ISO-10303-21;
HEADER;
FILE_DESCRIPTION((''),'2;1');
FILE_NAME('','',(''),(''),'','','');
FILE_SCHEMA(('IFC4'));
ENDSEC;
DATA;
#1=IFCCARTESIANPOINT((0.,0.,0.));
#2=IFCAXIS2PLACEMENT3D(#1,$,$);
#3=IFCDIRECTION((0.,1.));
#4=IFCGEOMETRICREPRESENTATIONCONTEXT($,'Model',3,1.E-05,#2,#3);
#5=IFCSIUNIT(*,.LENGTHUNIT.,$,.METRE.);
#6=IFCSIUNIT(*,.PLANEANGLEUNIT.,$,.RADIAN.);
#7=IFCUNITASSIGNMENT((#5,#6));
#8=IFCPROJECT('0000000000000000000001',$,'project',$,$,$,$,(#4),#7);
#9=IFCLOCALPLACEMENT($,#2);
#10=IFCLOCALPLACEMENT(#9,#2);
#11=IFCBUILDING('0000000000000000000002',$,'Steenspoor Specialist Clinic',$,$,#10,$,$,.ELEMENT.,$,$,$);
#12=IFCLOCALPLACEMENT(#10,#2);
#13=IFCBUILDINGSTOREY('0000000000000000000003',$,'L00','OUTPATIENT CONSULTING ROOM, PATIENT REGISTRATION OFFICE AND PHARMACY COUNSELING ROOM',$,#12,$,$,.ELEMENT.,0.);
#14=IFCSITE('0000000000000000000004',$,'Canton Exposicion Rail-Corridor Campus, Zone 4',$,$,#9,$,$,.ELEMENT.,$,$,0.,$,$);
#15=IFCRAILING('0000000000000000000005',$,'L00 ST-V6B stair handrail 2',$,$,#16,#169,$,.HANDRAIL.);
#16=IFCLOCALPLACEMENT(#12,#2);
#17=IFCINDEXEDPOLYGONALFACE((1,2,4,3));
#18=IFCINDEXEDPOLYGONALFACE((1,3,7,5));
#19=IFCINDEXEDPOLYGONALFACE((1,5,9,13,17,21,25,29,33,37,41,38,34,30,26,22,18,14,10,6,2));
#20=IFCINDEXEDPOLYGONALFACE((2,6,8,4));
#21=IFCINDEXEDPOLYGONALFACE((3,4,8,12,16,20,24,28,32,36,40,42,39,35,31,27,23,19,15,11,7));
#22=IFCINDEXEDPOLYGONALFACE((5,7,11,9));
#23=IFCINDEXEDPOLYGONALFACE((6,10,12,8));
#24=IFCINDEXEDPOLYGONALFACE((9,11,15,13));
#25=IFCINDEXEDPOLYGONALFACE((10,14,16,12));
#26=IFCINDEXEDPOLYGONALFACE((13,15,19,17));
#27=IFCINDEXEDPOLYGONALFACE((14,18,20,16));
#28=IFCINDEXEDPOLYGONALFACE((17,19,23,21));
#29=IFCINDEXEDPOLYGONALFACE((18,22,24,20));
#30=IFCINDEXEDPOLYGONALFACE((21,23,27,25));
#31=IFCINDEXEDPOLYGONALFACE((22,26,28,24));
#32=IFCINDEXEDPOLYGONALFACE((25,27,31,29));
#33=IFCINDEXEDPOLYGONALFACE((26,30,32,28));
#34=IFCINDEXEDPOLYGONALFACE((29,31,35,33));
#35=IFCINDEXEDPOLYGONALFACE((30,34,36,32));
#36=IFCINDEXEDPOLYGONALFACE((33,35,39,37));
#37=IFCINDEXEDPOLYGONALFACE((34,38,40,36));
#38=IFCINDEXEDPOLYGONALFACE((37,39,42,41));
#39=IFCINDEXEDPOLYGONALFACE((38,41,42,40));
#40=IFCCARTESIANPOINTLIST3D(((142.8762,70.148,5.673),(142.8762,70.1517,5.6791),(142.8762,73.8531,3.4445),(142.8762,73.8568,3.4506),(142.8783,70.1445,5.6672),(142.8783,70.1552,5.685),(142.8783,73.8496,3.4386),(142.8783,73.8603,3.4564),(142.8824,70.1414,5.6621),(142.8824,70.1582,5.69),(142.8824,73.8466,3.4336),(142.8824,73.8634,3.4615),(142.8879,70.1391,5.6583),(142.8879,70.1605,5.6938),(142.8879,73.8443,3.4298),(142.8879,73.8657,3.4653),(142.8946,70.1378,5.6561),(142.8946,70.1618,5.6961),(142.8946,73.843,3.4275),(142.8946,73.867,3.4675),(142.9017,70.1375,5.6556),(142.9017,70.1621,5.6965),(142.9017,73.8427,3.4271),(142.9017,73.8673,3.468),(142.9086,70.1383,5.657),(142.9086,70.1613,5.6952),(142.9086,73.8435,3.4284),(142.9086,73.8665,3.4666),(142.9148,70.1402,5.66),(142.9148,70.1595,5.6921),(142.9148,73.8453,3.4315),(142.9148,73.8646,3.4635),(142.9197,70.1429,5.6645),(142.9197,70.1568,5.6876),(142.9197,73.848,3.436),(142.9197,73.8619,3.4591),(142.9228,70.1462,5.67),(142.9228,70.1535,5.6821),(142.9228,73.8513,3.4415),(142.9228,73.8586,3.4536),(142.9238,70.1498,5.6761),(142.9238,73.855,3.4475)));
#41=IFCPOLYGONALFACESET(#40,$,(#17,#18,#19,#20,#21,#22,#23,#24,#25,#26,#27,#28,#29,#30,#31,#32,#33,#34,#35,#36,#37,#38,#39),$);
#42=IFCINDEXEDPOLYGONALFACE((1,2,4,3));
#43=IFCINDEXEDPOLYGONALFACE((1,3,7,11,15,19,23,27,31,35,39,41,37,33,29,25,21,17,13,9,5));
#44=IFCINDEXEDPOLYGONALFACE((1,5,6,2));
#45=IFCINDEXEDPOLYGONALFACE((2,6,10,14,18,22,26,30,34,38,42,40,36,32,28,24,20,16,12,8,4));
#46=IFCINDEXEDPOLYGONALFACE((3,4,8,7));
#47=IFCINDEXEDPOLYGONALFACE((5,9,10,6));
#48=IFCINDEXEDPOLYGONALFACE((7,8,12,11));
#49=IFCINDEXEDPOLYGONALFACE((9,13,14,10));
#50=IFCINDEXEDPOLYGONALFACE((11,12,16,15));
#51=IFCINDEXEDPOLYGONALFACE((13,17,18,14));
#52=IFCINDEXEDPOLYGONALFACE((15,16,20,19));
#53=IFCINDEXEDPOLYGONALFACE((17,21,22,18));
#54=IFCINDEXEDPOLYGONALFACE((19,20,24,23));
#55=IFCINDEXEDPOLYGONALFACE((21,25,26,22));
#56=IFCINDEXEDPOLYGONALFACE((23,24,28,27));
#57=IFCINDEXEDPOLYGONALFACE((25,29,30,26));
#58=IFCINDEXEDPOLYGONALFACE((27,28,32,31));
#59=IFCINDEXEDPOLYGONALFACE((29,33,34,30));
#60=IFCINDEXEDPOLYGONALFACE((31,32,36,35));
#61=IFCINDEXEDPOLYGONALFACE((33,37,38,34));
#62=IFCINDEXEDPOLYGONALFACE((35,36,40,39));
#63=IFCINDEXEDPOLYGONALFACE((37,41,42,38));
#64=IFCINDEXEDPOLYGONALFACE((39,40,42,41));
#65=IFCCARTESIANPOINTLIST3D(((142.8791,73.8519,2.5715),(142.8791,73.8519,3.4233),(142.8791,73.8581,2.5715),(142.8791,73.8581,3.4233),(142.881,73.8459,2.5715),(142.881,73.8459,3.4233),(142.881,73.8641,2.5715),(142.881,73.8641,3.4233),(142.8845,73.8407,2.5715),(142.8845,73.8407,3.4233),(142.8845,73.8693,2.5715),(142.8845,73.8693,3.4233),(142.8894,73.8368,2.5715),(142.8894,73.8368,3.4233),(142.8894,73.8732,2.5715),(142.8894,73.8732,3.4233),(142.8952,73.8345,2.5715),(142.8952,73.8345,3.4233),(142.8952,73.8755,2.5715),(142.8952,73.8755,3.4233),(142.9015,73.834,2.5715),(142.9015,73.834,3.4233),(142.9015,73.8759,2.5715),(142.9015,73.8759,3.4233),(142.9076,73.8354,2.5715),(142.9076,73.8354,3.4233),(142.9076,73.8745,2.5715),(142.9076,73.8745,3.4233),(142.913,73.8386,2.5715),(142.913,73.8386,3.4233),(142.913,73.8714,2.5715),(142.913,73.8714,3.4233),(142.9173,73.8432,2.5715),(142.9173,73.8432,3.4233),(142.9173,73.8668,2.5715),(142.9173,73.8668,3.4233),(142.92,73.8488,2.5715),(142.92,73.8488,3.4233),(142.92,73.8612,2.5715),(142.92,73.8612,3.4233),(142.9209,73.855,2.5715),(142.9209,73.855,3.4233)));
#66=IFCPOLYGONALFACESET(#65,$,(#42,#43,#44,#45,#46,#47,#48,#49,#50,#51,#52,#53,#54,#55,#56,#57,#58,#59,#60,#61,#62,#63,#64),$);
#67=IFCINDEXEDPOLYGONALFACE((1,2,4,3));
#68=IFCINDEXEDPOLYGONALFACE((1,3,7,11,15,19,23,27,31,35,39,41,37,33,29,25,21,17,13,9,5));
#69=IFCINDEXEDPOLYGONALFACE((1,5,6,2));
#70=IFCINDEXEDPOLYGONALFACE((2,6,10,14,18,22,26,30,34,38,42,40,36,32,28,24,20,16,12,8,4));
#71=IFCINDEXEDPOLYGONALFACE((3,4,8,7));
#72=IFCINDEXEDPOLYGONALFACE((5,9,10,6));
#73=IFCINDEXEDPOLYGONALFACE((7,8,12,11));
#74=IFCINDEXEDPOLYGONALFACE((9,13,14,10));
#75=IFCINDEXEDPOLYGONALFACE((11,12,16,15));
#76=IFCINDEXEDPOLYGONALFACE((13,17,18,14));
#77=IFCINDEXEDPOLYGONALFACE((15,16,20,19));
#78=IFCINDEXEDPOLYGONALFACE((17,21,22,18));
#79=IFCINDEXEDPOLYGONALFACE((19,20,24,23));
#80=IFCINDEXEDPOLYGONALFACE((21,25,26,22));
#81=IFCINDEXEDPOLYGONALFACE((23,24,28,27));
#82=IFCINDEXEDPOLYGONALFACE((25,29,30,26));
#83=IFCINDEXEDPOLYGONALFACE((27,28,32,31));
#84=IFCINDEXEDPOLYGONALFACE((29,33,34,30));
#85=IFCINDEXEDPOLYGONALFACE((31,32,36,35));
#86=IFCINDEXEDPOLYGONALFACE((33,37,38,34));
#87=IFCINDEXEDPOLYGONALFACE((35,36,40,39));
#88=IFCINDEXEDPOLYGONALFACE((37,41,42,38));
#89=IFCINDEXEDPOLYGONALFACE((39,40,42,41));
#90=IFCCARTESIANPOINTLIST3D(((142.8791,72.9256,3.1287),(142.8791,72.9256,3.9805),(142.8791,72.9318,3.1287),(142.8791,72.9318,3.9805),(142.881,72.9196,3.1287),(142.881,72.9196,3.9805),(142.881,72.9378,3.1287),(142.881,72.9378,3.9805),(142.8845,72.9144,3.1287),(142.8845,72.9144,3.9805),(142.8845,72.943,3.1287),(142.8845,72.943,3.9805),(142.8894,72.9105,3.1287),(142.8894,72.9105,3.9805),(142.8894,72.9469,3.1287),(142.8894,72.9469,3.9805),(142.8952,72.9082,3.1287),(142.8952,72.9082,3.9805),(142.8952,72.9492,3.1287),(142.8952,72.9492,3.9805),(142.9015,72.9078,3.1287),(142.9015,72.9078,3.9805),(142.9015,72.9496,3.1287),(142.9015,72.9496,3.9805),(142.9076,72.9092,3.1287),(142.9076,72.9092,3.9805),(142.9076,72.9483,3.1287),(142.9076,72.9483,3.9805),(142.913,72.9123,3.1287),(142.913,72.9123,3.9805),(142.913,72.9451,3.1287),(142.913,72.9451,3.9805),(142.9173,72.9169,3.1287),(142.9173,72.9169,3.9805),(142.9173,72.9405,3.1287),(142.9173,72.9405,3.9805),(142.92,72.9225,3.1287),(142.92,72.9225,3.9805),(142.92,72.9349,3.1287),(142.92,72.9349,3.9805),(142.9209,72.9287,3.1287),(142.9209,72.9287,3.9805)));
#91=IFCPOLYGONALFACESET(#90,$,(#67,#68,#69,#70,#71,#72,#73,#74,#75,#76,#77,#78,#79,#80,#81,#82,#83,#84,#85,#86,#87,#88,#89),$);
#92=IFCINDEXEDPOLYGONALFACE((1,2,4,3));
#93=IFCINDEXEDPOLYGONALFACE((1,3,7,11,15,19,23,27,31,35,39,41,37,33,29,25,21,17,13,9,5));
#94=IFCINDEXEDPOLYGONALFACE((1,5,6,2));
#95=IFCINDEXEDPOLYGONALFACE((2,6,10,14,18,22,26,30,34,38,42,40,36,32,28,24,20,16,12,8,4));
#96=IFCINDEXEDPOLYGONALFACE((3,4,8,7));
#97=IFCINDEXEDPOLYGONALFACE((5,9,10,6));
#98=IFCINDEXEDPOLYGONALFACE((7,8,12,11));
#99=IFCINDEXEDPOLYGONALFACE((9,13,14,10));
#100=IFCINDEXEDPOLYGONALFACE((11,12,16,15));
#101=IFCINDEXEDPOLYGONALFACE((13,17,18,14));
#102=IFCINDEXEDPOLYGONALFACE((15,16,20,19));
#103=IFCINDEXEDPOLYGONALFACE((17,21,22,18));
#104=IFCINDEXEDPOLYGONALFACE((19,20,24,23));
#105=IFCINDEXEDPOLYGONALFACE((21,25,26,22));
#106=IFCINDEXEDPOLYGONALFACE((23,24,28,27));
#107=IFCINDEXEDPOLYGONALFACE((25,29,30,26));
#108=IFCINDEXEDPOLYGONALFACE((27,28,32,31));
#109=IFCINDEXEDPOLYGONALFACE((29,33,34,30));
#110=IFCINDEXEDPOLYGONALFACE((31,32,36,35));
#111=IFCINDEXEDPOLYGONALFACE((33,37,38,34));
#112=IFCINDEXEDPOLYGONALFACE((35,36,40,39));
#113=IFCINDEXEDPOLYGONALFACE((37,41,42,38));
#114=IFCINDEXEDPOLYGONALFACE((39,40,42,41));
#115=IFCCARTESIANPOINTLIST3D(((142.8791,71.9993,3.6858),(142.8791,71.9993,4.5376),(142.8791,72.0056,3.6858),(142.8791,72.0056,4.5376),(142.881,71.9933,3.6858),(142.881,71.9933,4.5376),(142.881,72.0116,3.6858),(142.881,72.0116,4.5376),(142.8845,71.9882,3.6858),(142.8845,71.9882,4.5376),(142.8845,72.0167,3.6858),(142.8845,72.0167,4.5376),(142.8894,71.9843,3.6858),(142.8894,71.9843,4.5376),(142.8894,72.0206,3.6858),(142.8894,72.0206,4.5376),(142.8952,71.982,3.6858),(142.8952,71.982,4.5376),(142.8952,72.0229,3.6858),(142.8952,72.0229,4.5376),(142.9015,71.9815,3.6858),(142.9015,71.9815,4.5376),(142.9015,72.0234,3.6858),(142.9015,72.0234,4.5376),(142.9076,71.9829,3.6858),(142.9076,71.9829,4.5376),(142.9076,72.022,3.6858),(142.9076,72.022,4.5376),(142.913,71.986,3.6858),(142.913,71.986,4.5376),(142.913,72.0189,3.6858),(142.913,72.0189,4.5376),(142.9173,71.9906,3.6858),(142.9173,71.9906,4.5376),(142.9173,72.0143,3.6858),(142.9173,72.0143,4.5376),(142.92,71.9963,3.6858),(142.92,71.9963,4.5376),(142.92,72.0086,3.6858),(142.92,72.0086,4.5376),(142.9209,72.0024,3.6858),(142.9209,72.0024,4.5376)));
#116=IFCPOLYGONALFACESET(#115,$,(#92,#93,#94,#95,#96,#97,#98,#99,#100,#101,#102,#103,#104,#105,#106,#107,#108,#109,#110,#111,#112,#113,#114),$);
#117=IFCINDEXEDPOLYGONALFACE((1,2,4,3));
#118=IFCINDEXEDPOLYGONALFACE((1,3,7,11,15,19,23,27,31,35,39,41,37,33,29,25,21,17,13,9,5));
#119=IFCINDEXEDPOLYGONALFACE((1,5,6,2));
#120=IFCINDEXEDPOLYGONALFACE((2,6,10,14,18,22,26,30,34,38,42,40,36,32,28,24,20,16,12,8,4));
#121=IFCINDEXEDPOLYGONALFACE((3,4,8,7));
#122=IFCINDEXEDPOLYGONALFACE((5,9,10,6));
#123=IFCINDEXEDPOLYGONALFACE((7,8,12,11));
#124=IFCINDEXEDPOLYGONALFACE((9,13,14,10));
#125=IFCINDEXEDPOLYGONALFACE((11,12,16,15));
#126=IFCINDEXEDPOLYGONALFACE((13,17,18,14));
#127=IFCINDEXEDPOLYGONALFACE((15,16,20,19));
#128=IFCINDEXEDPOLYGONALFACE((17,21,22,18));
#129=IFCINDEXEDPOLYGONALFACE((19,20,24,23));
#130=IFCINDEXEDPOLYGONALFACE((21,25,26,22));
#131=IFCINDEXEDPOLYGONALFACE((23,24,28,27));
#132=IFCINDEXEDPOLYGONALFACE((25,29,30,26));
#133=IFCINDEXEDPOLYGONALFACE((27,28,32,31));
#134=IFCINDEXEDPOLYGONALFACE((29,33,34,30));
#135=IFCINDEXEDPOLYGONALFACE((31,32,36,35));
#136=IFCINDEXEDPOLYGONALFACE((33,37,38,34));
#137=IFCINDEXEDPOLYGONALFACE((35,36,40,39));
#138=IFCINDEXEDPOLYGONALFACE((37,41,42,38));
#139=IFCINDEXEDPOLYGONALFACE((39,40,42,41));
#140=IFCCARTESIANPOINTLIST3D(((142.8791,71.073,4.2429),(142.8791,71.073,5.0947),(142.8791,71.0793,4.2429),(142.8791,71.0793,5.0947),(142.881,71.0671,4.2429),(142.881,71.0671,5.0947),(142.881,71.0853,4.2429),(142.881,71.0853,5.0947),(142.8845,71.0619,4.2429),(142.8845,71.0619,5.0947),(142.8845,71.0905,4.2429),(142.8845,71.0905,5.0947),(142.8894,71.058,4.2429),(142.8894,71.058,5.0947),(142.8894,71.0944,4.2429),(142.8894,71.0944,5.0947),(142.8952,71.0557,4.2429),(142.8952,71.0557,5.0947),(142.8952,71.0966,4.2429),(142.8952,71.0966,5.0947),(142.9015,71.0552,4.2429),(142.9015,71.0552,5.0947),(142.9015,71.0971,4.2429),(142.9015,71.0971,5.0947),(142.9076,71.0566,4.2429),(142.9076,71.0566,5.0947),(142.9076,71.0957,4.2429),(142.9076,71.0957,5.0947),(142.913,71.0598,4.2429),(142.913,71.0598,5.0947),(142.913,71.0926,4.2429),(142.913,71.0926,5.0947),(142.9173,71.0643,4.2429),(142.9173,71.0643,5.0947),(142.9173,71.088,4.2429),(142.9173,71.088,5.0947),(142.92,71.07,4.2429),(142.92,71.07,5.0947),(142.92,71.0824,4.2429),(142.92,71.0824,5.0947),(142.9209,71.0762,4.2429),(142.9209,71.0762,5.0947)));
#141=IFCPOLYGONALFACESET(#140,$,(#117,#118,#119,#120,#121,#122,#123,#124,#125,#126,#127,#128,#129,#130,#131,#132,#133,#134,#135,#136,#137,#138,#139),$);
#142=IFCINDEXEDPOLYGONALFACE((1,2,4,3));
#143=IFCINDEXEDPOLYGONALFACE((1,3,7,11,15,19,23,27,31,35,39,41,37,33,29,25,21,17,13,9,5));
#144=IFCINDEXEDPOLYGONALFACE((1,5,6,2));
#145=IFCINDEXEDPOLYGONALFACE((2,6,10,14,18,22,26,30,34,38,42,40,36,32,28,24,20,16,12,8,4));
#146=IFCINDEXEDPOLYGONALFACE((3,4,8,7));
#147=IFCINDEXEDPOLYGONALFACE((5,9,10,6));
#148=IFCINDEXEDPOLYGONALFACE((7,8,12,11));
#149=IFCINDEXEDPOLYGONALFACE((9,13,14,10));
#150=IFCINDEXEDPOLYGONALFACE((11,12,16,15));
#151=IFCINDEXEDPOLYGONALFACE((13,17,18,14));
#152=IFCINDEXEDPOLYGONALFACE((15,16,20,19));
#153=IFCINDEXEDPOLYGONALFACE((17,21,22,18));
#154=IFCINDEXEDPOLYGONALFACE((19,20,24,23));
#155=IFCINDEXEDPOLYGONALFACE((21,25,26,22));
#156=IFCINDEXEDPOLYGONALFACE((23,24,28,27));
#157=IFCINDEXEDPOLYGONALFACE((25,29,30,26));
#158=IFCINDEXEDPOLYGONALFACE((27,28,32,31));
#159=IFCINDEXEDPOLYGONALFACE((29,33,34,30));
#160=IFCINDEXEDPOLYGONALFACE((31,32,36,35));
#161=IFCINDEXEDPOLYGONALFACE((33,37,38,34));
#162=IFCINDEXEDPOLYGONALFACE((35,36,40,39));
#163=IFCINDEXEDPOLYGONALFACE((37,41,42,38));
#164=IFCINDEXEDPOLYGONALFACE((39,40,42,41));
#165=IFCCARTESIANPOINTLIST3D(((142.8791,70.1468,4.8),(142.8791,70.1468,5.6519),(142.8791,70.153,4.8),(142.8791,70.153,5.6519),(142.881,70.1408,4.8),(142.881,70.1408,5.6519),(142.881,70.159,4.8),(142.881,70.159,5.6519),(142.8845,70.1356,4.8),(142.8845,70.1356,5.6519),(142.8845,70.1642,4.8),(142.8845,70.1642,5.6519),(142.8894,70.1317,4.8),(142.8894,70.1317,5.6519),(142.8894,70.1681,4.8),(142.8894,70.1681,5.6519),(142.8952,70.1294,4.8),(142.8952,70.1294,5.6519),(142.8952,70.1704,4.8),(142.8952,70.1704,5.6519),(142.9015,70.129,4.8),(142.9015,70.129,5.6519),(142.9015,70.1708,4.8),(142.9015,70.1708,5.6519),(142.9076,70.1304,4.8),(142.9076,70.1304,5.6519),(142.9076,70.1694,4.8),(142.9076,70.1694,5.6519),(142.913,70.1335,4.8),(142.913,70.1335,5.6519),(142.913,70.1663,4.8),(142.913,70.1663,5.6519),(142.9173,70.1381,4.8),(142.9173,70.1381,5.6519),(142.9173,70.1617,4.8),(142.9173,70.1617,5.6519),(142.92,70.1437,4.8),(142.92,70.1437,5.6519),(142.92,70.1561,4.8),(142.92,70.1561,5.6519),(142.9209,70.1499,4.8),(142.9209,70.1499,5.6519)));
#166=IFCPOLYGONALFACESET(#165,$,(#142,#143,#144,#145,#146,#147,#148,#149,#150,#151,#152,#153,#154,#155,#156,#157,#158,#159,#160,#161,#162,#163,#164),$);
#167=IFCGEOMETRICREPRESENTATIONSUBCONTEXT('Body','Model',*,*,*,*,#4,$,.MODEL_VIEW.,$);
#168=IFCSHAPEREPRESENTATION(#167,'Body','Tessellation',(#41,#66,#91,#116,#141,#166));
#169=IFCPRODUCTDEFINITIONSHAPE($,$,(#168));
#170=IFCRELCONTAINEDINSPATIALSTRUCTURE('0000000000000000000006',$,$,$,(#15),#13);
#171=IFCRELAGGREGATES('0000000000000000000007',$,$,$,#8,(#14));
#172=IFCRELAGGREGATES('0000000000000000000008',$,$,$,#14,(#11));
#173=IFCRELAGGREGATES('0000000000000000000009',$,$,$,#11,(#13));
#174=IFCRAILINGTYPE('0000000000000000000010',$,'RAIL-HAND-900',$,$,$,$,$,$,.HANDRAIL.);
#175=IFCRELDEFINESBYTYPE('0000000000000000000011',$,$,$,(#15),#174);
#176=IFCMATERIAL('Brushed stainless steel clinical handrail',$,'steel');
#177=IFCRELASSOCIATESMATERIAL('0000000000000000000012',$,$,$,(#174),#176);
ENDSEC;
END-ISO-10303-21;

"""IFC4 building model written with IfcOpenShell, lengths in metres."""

from ifc_helpers import new_model, si_unit, direction, frame, origin, origin_2d, place, context, subcontext, project, spatial, circle, extrude, material, type_object, element, save


model = new_model("IFC4")

# Units and contexts
model_context = context("Model", 3, precision=1e-05, world=origin(), true_north=direction((0.0, 1.0)))
body_context = subcontext(model_context, "Body", "Model", "MODEL_VIEW")
ifc_project = project(units=[si_unit("LENGTHUNIT", "METRE"), si_unit("PLANEANGLEUNIT", "RADIAN")], contexts=[model_context])

# Site, building, storey
site_placement = place(None, origin())
site = spatial("IfcSite", under=ifc_project, at=site_placement, Name="Canton Exposicion Rail-Corridor Campus, Zone 4", CompositionType="ELEMENT", RefElevation=0.0)
building_placement = place(site_placement, origin())
building = spatial("IfcBuilding", under=site, at=building_placement, Name="Steenspoor Specialist Clinic", CompositionType="ELEMENT")
storey_placement = place(building_placement, origin())
storey = spatial("IfcBuildingStorey", under=building, at=storey_placement, Name="L00", Description="OUTPATIENT CONSULTING ROOM, PATIENT REGISTRATION OFFICE AND PHARMACY COUNSELING ROOM", CompositionType="ELEMENT", Elevation=0.0)

# Railing
ifc_material_1 = material(Name="Brushed stainless steel clinical handrail", Category="steel")
railing_type = type_object("IfcRailingType", Name="RAIL-HAND-900", PredefinedType="HANDRAIL", material=ifc_material_1)
railing_placement = place(storey_placement, frame((142.8999, 73.855, 2.5715)))
element("IfcRailing", 1, at=railing_placement, inside=storey, type_object=railing_type, Name="L00 ST-V6B stair handrail 2", PredefinedType="HANDRAIL", context=body_context, shape_type="SweptSolid", body=[
    extrude(circle(Radius=0.0239, at=origin_2d()), frame((0.0, 0.0, 0.876), z_axis=(0.0, -0.856934, 0.515425), x_axis=(1.0, 0.0, 0.0)), (0.0, 0.0, 1.0), 4.3237),
    extrude(circle(Radius=0.021, at=origin_2d()), origin(), (0.0, 0.0, 1.0), 0.8518),
    extrude(circle(Radius=0.021, at=origin_2d()), frame((0.0, -0.9263, 0.5571)), (0.0, 0.0, 1.0), 0.8518),
    extrude(circle(Radius=0.021, at=origin_2d()), frame((0.0, -1.8525, 1.1143)), (0.0, 0.0, 1.0), 0.8518),
    extrude(circle(Radius=0.021, at=origin_2d()), frame((0.0, -2.7788, 1.6714)), (0.0, 0.0, 1.0), 0.8518),
    extrude(circle(Radius=0.021, at=origin_2d()), frame((0.0, -3.7051, 2.2285)), (0.0, 0.0, 1.0), 0.8518),
])

save(model, "model.ifc")
